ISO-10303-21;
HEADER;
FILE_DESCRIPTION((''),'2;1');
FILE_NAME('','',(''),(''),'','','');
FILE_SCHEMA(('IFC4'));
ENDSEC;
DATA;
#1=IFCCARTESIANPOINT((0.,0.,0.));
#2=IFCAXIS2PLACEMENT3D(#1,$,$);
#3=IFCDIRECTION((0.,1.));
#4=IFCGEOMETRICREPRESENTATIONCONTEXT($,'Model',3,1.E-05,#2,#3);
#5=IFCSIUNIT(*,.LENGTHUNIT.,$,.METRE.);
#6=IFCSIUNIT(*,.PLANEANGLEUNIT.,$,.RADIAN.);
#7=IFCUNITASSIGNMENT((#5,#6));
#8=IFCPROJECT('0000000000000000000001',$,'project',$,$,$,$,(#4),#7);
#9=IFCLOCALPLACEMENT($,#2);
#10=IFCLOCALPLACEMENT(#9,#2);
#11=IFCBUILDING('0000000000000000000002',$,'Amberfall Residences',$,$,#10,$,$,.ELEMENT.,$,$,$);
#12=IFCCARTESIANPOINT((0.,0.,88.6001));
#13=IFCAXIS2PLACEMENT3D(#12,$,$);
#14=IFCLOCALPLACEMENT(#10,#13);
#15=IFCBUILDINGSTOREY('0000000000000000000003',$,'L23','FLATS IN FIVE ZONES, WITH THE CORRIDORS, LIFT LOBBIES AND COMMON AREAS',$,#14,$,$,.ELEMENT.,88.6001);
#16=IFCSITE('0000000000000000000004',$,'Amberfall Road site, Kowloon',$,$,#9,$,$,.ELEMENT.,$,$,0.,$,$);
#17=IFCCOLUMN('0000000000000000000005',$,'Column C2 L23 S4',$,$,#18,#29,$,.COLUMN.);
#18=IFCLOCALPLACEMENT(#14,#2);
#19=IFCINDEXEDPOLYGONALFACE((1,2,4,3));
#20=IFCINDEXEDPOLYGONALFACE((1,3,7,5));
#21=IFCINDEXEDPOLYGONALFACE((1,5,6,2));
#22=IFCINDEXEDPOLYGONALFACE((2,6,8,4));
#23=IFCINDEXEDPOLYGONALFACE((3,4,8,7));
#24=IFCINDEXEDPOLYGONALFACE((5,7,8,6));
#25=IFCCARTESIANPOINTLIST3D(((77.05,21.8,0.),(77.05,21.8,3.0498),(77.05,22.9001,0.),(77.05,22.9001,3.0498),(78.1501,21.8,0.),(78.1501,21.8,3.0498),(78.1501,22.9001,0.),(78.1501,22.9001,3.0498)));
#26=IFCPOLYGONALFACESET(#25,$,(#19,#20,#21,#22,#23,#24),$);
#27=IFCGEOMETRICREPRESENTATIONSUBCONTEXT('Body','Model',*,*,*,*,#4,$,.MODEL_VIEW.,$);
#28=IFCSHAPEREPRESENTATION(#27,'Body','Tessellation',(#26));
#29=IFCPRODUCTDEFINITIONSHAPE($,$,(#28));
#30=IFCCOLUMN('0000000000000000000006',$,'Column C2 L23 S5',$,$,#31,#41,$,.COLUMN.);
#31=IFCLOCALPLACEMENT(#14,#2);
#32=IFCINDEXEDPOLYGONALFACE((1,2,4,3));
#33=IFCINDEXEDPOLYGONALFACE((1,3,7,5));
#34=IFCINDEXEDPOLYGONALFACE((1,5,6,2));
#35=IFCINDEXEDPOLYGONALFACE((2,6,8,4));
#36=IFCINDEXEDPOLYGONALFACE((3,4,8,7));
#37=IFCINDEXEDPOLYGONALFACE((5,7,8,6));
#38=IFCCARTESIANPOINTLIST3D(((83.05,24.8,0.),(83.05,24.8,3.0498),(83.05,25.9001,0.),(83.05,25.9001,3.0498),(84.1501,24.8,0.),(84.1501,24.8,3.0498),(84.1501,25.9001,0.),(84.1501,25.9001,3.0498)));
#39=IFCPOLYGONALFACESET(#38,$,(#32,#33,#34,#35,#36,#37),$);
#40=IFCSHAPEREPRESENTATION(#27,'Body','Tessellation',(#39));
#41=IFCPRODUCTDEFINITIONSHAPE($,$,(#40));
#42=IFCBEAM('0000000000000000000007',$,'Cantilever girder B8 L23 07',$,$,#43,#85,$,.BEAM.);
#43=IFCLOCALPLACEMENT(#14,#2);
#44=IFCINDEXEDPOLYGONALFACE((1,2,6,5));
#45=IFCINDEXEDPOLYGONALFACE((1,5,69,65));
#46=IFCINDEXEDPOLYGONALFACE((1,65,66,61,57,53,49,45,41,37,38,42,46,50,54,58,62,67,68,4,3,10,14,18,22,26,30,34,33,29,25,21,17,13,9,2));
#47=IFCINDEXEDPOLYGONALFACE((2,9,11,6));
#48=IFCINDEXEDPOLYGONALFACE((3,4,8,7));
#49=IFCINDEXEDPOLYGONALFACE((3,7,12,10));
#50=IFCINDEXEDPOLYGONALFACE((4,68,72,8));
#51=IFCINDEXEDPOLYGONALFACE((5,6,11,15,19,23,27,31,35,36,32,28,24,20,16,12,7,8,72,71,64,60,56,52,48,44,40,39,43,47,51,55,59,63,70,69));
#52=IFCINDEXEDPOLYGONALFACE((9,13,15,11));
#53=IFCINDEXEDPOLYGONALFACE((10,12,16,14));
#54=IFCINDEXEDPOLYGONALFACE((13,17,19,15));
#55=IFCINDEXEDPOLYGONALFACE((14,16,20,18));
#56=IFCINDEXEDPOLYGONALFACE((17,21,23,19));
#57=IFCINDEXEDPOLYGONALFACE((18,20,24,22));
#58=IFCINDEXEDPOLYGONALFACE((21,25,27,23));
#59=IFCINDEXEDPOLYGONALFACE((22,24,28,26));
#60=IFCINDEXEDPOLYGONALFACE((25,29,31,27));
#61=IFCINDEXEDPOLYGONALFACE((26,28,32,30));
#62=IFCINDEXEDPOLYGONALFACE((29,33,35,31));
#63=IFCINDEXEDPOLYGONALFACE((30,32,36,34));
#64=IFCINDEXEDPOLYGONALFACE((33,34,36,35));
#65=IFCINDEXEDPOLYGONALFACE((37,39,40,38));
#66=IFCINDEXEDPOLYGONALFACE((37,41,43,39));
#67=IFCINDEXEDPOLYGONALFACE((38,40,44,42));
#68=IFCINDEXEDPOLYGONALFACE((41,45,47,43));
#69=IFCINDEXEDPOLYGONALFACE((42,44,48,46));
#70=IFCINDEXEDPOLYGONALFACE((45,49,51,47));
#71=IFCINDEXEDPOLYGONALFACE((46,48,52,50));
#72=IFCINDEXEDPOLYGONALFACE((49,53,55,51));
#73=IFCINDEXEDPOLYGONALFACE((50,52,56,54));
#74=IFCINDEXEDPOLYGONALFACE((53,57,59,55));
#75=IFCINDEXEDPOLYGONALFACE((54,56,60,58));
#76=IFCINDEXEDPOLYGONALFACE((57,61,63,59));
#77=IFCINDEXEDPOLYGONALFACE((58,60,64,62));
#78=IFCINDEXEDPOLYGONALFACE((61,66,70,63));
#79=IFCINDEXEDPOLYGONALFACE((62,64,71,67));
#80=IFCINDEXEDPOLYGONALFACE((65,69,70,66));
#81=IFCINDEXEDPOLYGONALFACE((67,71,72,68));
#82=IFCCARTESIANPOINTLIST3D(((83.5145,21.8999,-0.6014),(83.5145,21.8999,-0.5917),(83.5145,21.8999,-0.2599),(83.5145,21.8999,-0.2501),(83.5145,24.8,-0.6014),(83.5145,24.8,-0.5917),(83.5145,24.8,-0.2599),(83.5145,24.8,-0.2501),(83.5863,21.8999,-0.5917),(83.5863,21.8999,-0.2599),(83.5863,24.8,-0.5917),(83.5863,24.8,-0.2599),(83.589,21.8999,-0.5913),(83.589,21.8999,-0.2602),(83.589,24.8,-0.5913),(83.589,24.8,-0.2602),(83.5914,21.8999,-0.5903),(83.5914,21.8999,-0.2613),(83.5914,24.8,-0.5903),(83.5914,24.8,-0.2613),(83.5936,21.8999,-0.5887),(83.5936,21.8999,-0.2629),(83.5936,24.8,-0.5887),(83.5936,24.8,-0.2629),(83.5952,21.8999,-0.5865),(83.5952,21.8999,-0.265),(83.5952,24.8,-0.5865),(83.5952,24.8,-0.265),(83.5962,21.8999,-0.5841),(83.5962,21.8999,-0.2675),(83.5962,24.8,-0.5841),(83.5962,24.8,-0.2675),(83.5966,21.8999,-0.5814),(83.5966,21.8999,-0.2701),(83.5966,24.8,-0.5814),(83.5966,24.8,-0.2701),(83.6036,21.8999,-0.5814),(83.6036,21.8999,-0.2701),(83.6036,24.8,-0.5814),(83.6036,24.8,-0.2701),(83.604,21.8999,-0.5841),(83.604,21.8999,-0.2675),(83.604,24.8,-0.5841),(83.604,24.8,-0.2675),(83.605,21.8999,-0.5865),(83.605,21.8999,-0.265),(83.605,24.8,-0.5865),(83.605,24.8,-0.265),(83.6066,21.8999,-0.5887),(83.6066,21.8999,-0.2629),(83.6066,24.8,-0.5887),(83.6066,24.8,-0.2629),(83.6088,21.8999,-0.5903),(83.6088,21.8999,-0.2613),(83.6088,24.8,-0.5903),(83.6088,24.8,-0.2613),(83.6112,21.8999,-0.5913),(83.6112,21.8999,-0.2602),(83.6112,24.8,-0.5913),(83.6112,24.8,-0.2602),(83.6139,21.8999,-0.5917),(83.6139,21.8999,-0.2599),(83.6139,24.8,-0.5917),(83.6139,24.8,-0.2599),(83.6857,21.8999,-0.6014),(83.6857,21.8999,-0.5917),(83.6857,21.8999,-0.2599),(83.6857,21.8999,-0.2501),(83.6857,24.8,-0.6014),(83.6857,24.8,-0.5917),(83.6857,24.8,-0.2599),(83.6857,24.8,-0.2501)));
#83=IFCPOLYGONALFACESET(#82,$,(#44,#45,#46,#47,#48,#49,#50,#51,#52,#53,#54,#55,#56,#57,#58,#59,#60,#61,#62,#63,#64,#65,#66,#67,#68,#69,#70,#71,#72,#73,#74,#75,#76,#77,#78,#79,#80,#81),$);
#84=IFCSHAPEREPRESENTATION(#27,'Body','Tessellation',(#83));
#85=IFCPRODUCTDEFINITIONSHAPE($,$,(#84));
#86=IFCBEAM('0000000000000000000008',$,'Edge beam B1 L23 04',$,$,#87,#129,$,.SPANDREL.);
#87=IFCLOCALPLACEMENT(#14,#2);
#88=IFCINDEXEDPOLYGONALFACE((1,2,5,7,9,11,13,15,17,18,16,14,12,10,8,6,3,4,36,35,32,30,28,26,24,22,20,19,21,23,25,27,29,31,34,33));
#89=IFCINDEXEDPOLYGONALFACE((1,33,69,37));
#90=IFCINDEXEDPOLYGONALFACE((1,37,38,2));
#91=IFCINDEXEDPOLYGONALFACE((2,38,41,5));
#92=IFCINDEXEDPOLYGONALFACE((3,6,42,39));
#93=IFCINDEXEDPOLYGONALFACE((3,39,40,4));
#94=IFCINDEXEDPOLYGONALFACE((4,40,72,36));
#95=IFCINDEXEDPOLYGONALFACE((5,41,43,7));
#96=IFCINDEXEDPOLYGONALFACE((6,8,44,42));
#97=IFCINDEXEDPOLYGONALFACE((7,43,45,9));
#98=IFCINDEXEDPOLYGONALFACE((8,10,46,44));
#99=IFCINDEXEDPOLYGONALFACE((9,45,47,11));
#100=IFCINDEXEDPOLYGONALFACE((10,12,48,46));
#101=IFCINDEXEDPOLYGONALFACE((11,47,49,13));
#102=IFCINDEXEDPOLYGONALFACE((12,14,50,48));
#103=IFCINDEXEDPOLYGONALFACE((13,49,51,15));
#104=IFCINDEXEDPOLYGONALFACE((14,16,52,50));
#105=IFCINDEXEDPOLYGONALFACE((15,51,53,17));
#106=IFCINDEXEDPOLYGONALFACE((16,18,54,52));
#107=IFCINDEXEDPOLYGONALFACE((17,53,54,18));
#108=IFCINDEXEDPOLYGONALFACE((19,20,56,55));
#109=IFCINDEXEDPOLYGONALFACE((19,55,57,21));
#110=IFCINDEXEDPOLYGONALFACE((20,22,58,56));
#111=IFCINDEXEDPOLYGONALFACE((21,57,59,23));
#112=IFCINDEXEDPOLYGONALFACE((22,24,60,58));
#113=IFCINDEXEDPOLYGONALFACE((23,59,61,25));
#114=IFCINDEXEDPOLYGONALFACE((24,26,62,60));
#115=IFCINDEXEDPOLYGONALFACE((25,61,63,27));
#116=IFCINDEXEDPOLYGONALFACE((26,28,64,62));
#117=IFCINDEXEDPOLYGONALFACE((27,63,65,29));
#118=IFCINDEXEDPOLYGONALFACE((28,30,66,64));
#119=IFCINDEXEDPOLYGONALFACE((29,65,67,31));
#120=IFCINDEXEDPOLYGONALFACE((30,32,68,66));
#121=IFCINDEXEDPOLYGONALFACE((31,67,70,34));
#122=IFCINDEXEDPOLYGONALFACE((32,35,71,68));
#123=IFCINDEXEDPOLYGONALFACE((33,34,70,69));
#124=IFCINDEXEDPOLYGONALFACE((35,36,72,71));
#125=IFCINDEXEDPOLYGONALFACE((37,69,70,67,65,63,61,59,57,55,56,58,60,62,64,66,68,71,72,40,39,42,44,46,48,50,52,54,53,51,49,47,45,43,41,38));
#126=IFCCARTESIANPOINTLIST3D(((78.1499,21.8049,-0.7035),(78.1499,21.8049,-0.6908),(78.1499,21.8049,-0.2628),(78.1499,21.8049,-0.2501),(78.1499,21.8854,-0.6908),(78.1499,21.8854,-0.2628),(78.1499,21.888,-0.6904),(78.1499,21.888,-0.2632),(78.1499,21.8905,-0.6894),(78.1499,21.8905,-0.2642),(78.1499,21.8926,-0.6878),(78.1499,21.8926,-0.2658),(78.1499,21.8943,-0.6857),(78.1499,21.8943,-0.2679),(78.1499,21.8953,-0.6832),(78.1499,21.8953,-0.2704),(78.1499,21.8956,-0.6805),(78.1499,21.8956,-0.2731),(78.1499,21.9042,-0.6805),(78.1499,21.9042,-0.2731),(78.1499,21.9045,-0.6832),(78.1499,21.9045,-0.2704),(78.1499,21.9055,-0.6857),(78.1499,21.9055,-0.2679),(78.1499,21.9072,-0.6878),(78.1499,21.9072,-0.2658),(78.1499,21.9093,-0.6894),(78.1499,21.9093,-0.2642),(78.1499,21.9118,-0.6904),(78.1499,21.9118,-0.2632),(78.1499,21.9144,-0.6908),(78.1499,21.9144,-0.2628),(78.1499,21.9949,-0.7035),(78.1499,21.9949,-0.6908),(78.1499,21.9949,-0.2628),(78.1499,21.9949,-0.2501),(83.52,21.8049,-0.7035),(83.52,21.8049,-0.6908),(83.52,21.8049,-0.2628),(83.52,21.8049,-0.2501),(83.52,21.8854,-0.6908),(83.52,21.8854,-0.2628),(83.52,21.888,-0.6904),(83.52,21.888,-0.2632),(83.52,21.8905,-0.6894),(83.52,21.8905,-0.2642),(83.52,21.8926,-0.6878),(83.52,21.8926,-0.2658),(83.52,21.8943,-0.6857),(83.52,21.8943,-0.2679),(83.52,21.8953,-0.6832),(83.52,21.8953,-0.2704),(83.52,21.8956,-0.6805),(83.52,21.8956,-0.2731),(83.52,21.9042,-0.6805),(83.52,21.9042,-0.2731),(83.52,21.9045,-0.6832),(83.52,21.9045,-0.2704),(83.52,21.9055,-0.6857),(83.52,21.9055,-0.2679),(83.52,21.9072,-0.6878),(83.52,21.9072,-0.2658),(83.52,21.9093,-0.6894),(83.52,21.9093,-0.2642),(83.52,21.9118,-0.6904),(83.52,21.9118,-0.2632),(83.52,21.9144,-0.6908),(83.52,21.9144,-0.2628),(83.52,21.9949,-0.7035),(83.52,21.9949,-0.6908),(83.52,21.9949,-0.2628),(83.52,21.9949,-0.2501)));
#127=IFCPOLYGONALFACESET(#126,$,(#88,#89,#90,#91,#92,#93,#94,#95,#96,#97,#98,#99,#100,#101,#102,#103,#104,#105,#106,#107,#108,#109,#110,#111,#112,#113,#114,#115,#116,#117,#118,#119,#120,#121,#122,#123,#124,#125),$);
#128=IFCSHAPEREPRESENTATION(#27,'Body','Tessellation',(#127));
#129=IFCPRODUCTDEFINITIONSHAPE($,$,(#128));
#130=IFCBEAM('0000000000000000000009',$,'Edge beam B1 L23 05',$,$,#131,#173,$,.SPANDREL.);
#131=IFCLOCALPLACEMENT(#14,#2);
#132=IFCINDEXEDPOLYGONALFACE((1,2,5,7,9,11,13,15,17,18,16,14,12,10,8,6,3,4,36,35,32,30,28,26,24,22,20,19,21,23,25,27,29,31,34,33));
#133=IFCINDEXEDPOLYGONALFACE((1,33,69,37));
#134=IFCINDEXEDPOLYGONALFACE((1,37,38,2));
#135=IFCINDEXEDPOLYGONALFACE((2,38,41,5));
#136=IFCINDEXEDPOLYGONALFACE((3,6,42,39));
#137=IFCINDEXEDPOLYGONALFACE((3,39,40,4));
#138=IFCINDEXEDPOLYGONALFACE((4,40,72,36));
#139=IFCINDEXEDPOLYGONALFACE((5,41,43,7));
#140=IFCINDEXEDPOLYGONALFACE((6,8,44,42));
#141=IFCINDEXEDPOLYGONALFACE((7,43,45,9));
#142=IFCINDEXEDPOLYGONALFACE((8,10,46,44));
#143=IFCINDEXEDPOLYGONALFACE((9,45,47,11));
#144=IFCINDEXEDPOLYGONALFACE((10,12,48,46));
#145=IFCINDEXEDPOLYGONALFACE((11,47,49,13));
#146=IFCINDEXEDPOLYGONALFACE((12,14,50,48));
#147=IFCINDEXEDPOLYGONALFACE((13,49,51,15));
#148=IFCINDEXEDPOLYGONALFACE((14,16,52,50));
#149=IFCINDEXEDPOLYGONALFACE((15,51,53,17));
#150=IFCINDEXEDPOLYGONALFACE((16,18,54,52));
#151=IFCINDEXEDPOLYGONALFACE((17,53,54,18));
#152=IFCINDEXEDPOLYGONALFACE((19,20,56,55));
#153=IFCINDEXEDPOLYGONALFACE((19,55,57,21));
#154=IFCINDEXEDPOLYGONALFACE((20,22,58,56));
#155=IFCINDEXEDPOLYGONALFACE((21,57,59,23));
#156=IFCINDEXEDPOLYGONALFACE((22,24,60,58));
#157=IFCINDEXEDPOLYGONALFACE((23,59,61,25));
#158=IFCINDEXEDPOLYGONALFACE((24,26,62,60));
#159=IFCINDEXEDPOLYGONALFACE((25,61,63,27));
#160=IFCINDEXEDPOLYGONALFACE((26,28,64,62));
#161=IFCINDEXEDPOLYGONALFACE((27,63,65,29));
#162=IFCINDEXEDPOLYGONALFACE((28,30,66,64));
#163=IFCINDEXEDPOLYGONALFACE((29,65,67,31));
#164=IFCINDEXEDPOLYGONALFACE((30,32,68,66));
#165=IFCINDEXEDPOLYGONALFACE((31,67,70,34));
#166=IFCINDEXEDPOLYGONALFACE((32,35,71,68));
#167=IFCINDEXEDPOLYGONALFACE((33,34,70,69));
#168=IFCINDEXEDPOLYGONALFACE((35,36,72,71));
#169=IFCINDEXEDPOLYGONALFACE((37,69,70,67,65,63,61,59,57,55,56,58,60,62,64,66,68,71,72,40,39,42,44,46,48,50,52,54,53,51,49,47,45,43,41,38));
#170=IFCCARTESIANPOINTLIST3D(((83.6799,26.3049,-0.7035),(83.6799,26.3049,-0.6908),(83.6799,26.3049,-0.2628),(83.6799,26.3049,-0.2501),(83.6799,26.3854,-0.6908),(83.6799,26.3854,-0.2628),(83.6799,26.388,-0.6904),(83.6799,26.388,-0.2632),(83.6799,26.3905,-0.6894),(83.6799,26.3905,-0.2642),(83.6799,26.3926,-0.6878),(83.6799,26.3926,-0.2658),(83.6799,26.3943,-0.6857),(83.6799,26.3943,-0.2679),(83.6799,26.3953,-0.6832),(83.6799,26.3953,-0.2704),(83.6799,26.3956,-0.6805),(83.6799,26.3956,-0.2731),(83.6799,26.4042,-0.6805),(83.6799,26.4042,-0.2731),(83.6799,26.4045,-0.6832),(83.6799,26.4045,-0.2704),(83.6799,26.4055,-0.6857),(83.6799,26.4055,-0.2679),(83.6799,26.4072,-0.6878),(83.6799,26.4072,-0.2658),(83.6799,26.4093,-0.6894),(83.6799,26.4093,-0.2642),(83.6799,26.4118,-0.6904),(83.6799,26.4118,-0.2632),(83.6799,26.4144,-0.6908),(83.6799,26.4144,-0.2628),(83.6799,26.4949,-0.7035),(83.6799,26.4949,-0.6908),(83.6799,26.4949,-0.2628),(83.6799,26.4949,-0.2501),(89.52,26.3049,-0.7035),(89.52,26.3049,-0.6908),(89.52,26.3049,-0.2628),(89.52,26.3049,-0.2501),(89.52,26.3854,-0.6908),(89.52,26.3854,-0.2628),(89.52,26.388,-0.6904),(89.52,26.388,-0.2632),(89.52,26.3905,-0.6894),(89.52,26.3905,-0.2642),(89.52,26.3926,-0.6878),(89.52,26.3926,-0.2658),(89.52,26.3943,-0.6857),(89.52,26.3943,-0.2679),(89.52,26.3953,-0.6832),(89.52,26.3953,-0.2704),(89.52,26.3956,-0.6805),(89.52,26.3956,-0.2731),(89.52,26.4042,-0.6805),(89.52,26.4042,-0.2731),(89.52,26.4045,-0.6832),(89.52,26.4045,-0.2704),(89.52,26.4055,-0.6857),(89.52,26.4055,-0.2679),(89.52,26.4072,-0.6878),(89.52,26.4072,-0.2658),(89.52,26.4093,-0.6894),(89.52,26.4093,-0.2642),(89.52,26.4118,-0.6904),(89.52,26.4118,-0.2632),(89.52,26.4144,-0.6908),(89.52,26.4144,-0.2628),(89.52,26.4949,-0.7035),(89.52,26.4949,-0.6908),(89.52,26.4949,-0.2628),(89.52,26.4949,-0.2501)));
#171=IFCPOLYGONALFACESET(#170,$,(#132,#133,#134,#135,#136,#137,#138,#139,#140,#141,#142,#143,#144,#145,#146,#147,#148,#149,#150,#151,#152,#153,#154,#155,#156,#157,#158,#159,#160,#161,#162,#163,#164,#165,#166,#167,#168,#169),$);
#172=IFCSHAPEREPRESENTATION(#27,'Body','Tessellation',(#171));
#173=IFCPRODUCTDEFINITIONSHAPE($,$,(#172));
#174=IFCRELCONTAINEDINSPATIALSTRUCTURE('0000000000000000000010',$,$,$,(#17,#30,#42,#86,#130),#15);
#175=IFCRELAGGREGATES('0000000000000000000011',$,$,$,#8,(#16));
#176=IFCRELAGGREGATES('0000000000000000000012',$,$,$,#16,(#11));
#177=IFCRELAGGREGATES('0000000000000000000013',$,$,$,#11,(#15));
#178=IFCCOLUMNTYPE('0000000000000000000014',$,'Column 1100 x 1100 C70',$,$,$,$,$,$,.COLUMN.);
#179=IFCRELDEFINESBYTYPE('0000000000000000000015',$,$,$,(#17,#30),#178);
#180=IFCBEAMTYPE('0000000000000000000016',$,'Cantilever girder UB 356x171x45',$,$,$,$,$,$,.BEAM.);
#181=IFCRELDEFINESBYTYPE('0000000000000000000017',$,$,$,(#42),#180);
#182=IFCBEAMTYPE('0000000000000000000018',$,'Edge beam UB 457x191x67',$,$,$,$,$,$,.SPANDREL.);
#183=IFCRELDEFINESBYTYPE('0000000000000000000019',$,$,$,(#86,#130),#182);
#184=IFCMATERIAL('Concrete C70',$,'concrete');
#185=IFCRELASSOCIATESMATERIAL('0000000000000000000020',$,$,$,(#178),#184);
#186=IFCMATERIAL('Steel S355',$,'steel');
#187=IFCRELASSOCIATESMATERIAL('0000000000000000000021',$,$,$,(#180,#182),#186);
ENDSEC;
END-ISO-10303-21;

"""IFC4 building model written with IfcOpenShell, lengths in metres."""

from ifc_helpers import new_model, si_unit, direction, frame, origin, origin_2d, place, context, subcontext, project, spatial, rectangle, i_section, extrude, material, material_profile, profile_set, type_object, element, save


model = new_model("IFC4")

# Units and contexts
model_context = context("Model", 3, precision=1e-05, world=origin(), true_north=direction((0.0, 1.0)))
body_context = subcontext(model_context, "Body", "Model", "MODEL_VIEW")
ifc_project = project(units=[si_unit("LENGTHUNIT", "METRE"), si_unit("PLANEANGLEUNIT", "RADIAN")], contexts=[model_context])

# Site, building, storey
site_placement = place(None, origin())
site = spatial("IfcSite", under=ifc_project, at=site_placement, Name="Amberfall Road site, Kowloon", CompositionType="ELEMENT", RefElevation=0.0)
building_placement = place(site_placement, origin())
building = spatial("IfcBuilding", under=site, at=building_placement, Name="Amberfall Residences", CompositionType="ELEMENT")
storey_placement = place(building_placement, frame((0.0, 0.0, 88.6001)))
storey = spatial("IfcBuildingStorey", under=building, at=storey_placement, Name="L23", Description="FLATS IN FIVE ZONES, WITH THE CORRIDORS, LIFT LOBBIES AND COMMON AREAS", CompositionType="ELEMENT", Elevation=88.6001)

# Columns
ifc_material_1 = material(Name="Concrete C70", Category="concrete")
ifc_material_profile_1 = material_profile(ifc_material_1, rectangle(XDim=1.1001, YDim=1.1001, at=origin_2d()), Name="Column 1100 x 1100 C70")
ifc_profile_set_1 = profile_set([ifc_material_profile_1], Name="Concrete C70")
column_type = type_object("IfcColumnType", Name="Column 1100 x 1100 C70", PredefinedType="COLUMN", material=ifc_profile_set_1)
for number, where, z_axis, x_axis, name in (
    (1, (77.6001, 22.3501, 0.0), (0.0, 0.0, 1.0), (1.0, 0.0, 0.0), "Column C2 L23 S4"),
    (2, (83.6001, 25.3501, 0.0), (0.0, 0.0, 1.0), (1.0, 0.0, 0.0), "Column C2 L23 S5"),
):
    element("IfcColumn", number, at=place(storey_placement, frame(where, z_axis=z_axis, x_axis=x_axis)), inside=storey, type_object=column_type, Name=name, PredefinedType="COLUMN", context=body_context, shape_type="SweptSolid", body=[
        extrude(rectangle(XDim=1.1001, YDim=1.1001, at=origin_2d()), origin(), (0.0, 0.0, 1.0), 3.0498),
    ])

# Beams
ifc_material_2 = material(Name="Steel S355", Category="steel")
ifc_material_profile_2 = material_profile(ifc_material_2, i_section(OverallWidth=0.1711, OverallDepth=0.3513, WebThickness=0.0071, FlangeThickness=0.0098, FilletRadius=0.0103, at=origin_2d()), Name="UB 356x171x45")
ifc_profile_set_2 = profile_set([ifc_material_profile_2], Name="Steel S355")
beam_type_1 = type_object("IfcBeamType", Name="Cantilever girder UB 356x171x45", PredefinedType="BEAM", material=ifc_profile_set_2)
beam_1_placement = place(storey_placement, frame((83.6001, 24.8, -0.4258), z_axis=(0.0, -1.0, 0.0), x_axis=(1.0, 0.0, 0.0)))
element("IfcBeam", 3, at=beam_1_placement, inside=storey, type_object=beam_type_1, Name="Cantilever girder B8 L23 07", PredefinedType="BEAM", context=body_context, shape_type="SweptSolid", body=[
    extrude(i_section(OverallWidth=0.1711, OverallDepth=0.3513, WebThickness=0.0071, FlangeThickness=0.0098, FilletRadius=0.0103, at=origin_2d()), origin(), (0.0, 0.0, 1.0), 2.9001),
])
ifc_material_profile_3 = material_profile(ifc_material_2, i_section(OverallWidth=0.1899, OverallDepth=0.4534, WebThickness=0.0085, FlangeThickness=0.0127, FilletRadius=0.0103, at=origin_2d()), Name="UB 457x191x67")
ifc_profile_set_3 = profile_set([ifc_material_profile_3], Name="Steel S355")
beam_type_2 = type_object("IfcBeamType", Name="Edge beam UB 457x191x67", PredefinedType="SPANDREL", material=ifc_profile_set_3)
beam_2_placement = place(storey_placement, frame((78.1499, 21.8999, -0.4768), z_axis=(1.0, 0.0, 0.0), x_axis=(0.0, 1.0, 0.0)))
element("IfcBeam", 4, at=beam_2_placement, inside=storey, type_object=beam_type_2, Name="Edge beam B1 L23 04", PredefinedType="SPANDREL", context=body_context, shape_type="SweptSolid", body=[
    extrude(i_section(OverallWidth=0.1899, OverallDepth=0.4534, WebThickness=0.0085, FlangeThickness=0.0127, FilletRadius=0.0103, at=origin_2d()), origin(), (0.0, 0.0, 1.0), 5.3701),
])
beam_3_placement = place(storey_placement, frame((83.6799, 26.3999, -0.4768), z_axis=(1.0, 0.0, 0.0), x_axis=(0.0, 1.0, 0.0)))
element("IfcBeam", 5, at=beam_3_placement, inside=storey, type_object=beam_type_2, Name="Edge beam B1 L23 05", PredefinedType="SPANDREL", context=body_context, shape_type="SweptSolid", body=[
    extrude(i_section(OverallWidth=0.1899, OverallDepth=0.4534, WebThickness=0.0085, FlangeThickness=0.0127, FilletRadius=0.0103, at=origin_2d()), origin(), (0.0, 0.0, 1.0), 5.8401),
])

save(model, "model.ifc")
